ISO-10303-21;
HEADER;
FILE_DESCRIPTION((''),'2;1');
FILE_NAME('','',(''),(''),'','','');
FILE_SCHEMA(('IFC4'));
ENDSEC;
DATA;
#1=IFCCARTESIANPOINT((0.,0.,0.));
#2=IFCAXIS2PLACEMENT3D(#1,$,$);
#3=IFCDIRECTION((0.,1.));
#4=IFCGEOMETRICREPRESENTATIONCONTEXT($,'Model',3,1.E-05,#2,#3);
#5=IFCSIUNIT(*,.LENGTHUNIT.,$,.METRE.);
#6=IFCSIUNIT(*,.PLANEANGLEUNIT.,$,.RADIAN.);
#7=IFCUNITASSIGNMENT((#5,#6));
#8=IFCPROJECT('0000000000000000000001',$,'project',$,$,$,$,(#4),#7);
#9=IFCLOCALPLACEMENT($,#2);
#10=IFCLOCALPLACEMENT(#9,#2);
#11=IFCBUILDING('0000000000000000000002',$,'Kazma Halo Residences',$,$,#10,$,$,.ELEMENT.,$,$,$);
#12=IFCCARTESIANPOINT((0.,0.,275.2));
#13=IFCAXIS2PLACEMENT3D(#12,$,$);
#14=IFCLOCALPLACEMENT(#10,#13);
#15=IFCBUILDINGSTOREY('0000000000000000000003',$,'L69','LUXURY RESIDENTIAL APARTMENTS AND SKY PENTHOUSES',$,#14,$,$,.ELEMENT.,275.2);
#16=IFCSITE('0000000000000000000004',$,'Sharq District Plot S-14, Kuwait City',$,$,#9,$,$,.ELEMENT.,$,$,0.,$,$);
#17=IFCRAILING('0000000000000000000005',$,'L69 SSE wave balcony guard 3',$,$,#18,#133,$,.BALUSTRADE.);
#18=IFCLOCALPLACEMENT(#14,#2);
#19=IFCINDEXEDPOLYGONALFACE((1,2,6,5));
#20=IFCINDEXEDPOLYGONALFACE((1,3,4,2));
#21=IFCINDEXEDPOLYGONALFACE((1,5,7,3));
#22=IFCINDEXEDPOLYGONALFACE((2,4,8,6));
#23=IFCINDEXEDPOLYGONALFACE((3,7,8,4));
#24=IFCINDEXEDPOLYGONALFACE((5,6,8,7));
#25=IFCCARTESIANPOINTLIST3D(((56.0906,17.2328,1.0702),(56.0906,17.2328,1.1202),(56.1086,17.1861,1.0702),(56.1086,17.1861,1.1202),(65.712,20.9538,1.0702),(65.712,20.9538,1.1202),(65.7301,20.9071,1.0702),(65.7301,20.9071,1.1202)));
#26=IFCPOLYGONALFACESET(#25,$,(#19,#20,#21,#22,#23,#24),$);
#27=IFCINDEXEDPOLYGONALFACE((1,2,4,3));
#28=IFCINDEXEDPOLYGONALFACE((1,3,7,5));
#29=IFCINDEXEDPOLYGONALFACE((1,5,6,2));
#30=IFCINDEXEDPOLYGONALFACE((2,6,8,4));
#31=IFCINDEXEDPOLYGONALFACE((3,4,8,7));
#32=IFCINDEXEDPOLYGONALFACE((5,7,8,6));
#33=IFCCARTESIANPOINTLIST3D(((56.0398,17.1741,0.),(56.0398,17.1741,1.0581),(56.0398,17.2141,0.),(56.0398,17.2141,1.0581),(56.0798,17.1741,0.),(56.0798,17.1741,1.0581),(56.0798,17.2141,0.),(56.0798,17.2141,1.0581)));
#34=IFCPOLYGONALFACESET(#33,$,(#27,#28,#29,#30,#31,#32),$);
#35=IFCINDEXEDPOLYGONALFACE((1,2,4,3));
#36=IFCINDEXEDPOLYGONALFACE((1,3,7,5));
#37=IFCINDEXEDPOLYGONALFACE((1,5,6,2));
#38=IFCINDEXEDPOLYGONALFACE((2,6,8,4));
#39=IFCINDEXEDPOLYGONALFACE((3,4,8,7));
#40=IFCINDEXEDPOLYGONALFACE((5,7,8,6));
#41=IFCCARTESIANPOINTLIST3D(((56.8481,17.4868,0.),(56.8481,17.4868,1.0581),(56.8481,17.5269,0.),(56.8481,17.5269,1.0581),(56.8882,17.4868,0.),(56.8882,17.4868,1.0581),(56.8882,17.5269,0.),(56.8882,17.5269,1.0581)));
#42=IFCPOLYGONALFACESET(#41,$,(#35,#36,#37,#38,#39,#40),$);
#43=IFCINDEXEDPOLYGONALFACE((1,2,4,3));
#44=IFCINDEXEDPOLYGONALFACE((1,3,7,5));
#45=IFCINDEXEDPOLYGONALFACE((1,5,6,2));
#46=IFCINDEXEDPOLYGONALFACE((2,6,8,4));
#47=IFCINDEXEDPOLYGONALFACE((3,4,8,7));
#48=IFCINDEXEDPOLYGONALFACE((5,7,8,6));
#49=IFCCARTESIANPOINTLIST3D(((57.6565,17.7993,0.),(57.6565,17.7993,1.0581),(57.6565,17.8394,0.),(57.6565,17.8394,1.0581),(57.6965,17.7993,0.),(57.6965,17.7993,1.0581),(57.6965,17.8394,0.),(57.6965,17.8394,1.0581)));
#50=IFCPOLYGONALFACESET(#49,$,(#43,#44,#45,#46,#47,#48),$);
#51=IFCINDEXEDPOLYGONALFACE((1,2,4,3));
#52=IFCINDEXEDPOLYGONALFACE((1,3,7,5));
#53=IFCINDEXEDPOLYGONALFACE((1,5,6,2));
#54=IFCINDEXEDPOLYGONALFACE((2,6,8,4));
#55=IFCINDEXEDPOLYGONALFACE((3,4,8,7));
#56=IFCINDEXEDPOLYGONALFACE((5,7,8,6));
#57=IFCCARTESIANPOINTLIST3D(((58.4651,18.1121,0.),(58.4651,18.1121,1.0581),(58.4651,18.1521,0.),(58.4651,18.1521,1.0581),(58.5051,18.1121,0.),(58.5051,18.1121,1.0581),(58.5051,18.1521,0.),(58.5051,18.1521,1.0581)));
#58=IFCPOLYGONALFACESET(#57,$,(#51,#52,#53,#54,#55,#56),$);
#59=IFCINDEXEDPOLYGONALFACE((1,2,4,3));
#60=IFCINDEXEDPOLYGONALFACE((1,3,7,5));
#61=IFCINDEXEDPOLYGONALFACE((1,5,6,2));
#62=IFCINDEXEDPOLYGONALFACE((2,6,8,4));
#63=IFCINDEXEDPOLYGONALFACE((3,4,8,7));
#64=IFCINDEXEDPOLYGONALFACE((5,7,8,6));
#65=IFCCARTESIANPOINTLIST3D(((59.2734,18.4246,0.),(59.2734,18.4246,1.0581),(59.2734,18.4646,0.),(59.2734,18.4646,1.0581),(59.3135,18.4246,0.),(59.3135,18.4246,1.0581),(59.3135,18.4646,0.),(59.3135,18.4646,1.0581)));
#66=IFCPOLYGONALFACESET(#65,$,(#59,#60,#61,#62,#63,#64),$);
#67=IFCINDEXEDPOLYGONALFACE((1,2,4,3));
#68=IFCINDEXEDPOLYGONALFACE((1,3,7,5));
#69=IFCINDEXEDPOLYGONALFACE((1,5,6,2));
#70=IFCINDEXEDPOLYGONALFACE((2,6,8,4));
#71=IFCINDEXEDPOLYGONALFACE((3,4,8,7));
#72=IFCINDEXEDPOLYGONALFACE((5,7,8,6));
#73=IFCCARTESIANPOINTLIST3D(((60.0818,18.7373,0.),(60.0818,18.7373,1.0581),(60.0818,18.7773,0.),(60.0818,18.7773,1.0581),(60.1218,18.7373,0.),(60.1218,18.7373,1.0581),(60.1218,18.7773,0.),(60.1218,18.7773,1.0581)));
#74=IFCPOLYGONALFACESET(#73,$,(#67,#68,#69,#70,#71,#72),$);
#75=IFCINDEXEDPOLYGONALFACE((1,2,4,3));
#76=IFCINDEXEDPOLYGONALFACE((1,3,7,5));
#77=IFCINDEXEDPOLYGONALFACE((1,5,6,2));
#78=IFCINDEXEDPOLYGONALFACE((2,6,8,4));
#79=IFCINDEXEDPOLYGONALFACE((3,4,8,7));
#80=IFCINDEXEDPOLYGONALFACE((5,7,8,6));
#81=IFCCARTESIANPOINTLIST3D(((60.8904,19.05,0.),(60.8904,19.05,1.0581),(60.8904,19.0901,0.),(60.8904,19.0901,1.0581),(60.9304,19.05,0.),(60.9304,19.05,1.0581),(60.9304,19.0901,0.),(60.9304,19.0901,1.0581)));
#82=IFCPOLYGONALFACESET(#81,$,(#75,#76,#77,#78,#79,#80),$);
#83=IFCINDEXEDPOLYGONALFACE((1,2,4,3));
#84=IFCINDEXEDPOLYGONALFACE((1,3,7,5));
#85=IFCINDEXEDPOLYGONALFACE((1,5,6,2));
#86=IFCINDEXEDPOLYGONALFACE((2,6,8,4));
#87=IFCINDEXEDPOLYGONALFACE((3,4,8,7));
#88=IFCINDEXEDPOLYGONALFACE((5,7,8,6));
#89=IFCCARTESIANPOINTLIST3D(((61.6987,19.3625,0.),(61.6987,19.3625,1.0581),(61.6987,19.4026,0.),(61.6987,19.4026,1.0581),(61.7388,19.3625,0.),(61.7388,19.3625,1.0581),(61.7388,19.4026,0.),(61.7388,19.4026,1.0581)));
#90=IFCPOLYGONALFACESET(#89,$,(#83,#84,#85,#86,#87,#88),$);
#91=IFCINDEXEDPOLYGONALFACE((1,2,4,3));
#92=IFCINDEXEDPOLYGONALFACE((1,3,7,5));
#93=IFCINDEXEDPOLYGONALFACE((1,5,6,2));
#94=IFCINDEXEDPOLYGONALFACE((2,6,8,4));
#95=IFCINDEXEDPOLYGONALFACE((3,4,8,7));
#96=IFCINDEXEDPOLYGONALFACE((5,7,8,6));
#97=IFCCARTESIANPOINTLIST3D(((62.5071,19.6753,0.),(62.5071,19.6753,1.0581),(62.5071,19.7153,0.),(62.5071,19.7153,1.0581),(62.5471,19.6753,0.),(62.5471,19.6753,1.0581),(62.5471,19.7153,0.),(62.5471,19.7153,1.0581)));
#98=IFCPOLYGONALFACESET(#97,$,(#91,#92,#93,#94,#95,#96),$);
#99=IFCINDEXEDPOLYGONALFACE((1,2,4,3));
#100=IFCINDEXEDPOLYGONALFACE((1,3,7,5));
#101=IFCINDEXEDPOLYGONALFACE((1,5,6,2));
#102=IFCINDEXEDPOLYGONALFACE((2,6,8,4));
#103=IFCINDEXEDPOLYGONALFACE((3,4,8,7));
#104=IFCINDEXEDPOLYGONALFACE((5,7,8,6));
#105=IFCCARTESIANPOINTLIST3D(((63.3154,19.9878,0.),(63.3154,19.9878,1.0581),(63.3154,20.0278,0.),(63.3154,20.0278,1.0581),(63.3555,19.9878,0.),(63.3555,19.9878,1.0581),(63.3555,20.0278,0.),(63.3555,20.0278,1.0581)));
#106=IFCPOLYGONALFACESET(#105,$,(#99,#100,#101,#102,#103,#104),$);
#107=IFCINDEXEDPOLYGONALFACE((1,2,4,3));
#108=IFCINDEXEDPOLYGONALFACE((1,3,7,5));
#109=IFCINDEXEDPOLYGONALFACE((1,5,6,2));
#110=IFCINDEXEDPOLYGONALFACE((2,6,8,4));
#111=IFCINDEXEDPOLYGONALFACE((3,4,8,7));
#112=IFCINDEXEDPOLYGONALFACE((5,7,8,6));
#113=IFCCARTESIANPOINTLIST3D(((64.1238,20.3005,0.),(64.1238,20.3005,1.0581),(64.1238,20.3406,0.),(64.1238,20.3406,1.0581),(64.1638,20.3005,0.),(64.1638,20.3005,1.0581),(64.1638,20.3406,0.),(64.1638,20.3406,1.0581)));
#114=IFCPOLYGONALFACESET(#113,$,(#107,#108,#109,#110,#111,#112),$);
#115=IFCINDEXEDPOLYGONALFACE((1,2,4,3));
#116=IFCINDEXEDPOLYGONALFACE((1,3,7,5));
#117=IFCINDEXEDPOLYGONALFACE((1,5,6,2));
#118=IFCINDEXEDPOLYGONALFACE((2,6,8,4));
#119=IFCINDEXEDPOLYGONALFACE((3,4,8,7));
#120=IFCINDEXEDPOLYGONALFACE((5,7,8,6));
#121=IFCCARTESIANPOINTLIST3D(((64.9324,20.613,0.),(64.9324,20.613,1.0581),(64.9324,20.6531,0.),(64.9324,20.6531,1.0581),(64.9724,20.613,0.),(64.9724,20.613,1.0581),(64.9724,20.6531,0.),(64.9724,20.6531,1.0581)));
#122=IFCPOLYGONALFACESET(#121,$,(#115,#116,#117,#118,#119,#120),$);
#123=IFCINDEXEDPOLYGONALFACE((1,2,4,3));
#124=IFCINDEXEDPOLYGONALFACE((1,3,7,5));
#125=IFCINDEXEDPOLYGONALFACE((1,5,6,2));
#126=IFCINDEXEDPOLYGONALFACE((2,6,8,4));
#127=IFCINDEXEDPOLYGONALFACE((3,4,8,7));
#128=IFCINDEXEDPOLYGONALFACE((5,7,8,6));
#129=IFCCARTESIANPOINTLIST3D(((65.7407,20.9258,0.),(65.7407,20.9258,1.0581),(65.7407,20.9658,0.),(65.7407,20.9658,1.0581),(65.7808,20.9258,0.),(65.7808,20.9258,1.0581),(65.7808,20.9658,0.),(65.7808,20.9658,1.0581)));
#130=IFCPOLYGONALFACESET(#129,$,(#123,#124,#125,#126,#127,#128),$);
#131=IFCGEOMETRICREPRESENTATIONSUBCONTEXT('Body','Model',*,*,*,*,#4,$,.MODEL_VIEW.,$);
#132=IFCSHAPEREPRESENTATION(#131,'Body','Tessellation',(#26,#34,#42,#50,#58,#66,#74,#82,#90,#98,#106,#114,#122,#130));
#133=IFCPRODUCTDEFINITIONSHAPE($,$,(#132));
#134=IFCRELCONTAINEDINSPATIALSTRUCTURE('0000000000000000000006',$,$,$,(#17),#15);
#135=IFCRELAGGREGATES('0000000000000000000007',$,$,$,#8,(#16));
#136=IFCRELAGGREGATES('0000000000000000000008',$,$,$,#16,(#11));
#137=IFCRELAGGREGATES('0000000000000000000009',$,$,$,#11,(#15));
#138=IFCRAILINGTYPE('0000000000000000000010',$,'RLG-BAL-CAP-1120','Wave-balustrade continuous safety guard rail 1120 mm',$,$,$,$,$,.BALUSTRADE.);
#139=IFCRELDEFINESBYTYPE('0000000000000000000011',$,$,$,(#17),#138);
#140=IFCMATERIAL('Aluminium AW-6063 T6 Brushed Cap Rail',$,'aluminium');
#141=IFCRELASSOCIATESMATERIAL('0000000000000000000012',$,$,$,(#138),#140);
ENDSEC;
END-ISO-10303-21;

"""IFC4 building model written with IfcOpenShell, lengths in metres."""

from ifc_helpers import new_model, si_unit, direction, frame, origin, origin_2d, place, context, subcontext, project, spatial, rectangle, extrude, material, type_object, element, save


model = new_model("IFC4")

# Units and contexts
model_context = context("Model", 3, precision=1e-05, world=origin(), true_north=direction((0.0, 1.0)))
body_context = subcontext(model_context, "Body", "Model", "MODEL_VIEW")
ifc_project = project(units=[si_unit("LENGTHUNIT", "METRE"), si_unit("PLANEANGLEUNIT", "RADIAN")], contexts=[model_context])

# Site, building, storey
site_placement = place(None, origin())
site = spatial("IfcSite", under=ifc_project, at=site_placement, Name="Sharq District Plot S-14, Kuwait City", CompositionType="ELEMENT", RefElevation=0.0)
building_placement = place(site_placement, origin())
building = spatial("IfcBuilding", under=site, at=building_placement, Name="Kazma Halo Residences", CompositionType="ELEMENT")
storey_placement = place(building_placement, frame((0.0, 0.0, 275.2)))
storey = spatial("IfcBuildingStorey", under=building, at=storey_placement, Name="L69", Description="LUXURY RESIDENTIAL APARTMENTS AND SKY PENTHOUSES", CompositionType="ELEMENT", Elevation=275.2)

# Railing
ifc_material_1 = material(Name="Aluminium AW-6063 T6 Brushed Cap Rail", Category="aluminium")
railing_type = type_object("IfcRailingType", Name="RLG-BAL-CAP-1120", Description="Wave-balustrade continuous safety guard rail 1120 mm", PredefinedType="BALUSTRADE", material=ifc_material_1)
railing_placement = place(storey_placement, frame((56.0598, 17.1941, 0.0)))
element("IfcRailing", 1, at=railing_placement, inside=storey, type_object=railing_type, Name="L69 SSE wave balcony guard 3", PredefinedType="BALUSTRADE", context=body_context, shape_type="SweptSolid", body=[
    extrude(rectangle(XDim=0.05, YDim=0.05, at=origin_2d()), frame((0.0398, 0.0154, 1.0952), z_axis=(0.932681, 0.360702, 0.0), x_axis=(-0.360702, 0.932681, 0.0)), (0.0, 0.0, 1.0), 10.3159),
    extrude(rectangle(XDim=0.04, YDim=0.04, at=origin_2d()), origin(), (0.0, 0.0, 1.0), 1.0581),
    extrude(rectangle(XDim=0.04, YDim=0.04, at=origin_2d()), frame((0.8083, 0.3127, 0.0)), (0.0, 0.0, 1.0), 1.0581),
    extrude(rectangle(XDim=0.04, YDim=0.04, at=origin_2d()), frame((1.6167, 0.6252, 0.0)), (0.0, 0.0, 1.0), 1.0581),
    extrude(rectangle(XDim=0.04, YDim=0.04, at=origin_2d()), frame((2.4253, 0.938, 0.0)), (0.0, 0.0, 1.0), 1.0581),
    extrude(rectangle(XDim=0.04, YDim=0.04, at=origin_2d()), frame((3.2336, 1.2505, 0.0)), (0.0, 0.0, 1.0), 1.0581),
    extrude(rectangle(XDim=0.04, YDim=0.04, at=origin_2d()), frame((4.042, 1.5632, 0.0)), (0.0, 0.0, 1.0), 1.0581),
    extrude(rectangle(XDim=0.04, YDim=0.04, at=origin_2d()), frame((4.8506, 1.876, 0.0)), (0.0, 0.0, 1.0), 1.0581),
    extrude(rectangle(XDim=0.04, YDim=0.04, at=origin_2d()), frame((5.6589, 2.1885, 0.0)), (0.0, 0.0, 1.0), 1.0581),
    extrude(rectangle(XDim=0.04, YDim=0.04, at=origin_2d()), frame((6.4673, 2.5012, 0.0)), (0.0, 0.0, 1.0), 1.0581),
    extrude(rectangle(XDim=0.04, YDim=0.04, at=origin_2d()), frame((7.2756, 2.8137, 0.0)), (0.0, 0.0, 1.0), 1.0581),
    extrude(rectangle(XDim=0.04, YDim=0.04, at=origin_2d()), frame((8.084, 3.1265, 0.0)), (0.0, 0.0, 1.0), 1.0581),
    extrude(rectangle(XDim=0.04, YDim=0.04, at=origin_2d()), frame((8.8926, 3.439, 0.0)), (0.0, 0.0, 1.0), 1.0581),
    extrude(rectangle(XDim=0.04, YDim=0.04, at=origin_2d()), frame((9.7009, 3.7517, 0.0)), (0.0, 0.0, 1.0), 1.0581),
])

save(model, "model.ifc")
